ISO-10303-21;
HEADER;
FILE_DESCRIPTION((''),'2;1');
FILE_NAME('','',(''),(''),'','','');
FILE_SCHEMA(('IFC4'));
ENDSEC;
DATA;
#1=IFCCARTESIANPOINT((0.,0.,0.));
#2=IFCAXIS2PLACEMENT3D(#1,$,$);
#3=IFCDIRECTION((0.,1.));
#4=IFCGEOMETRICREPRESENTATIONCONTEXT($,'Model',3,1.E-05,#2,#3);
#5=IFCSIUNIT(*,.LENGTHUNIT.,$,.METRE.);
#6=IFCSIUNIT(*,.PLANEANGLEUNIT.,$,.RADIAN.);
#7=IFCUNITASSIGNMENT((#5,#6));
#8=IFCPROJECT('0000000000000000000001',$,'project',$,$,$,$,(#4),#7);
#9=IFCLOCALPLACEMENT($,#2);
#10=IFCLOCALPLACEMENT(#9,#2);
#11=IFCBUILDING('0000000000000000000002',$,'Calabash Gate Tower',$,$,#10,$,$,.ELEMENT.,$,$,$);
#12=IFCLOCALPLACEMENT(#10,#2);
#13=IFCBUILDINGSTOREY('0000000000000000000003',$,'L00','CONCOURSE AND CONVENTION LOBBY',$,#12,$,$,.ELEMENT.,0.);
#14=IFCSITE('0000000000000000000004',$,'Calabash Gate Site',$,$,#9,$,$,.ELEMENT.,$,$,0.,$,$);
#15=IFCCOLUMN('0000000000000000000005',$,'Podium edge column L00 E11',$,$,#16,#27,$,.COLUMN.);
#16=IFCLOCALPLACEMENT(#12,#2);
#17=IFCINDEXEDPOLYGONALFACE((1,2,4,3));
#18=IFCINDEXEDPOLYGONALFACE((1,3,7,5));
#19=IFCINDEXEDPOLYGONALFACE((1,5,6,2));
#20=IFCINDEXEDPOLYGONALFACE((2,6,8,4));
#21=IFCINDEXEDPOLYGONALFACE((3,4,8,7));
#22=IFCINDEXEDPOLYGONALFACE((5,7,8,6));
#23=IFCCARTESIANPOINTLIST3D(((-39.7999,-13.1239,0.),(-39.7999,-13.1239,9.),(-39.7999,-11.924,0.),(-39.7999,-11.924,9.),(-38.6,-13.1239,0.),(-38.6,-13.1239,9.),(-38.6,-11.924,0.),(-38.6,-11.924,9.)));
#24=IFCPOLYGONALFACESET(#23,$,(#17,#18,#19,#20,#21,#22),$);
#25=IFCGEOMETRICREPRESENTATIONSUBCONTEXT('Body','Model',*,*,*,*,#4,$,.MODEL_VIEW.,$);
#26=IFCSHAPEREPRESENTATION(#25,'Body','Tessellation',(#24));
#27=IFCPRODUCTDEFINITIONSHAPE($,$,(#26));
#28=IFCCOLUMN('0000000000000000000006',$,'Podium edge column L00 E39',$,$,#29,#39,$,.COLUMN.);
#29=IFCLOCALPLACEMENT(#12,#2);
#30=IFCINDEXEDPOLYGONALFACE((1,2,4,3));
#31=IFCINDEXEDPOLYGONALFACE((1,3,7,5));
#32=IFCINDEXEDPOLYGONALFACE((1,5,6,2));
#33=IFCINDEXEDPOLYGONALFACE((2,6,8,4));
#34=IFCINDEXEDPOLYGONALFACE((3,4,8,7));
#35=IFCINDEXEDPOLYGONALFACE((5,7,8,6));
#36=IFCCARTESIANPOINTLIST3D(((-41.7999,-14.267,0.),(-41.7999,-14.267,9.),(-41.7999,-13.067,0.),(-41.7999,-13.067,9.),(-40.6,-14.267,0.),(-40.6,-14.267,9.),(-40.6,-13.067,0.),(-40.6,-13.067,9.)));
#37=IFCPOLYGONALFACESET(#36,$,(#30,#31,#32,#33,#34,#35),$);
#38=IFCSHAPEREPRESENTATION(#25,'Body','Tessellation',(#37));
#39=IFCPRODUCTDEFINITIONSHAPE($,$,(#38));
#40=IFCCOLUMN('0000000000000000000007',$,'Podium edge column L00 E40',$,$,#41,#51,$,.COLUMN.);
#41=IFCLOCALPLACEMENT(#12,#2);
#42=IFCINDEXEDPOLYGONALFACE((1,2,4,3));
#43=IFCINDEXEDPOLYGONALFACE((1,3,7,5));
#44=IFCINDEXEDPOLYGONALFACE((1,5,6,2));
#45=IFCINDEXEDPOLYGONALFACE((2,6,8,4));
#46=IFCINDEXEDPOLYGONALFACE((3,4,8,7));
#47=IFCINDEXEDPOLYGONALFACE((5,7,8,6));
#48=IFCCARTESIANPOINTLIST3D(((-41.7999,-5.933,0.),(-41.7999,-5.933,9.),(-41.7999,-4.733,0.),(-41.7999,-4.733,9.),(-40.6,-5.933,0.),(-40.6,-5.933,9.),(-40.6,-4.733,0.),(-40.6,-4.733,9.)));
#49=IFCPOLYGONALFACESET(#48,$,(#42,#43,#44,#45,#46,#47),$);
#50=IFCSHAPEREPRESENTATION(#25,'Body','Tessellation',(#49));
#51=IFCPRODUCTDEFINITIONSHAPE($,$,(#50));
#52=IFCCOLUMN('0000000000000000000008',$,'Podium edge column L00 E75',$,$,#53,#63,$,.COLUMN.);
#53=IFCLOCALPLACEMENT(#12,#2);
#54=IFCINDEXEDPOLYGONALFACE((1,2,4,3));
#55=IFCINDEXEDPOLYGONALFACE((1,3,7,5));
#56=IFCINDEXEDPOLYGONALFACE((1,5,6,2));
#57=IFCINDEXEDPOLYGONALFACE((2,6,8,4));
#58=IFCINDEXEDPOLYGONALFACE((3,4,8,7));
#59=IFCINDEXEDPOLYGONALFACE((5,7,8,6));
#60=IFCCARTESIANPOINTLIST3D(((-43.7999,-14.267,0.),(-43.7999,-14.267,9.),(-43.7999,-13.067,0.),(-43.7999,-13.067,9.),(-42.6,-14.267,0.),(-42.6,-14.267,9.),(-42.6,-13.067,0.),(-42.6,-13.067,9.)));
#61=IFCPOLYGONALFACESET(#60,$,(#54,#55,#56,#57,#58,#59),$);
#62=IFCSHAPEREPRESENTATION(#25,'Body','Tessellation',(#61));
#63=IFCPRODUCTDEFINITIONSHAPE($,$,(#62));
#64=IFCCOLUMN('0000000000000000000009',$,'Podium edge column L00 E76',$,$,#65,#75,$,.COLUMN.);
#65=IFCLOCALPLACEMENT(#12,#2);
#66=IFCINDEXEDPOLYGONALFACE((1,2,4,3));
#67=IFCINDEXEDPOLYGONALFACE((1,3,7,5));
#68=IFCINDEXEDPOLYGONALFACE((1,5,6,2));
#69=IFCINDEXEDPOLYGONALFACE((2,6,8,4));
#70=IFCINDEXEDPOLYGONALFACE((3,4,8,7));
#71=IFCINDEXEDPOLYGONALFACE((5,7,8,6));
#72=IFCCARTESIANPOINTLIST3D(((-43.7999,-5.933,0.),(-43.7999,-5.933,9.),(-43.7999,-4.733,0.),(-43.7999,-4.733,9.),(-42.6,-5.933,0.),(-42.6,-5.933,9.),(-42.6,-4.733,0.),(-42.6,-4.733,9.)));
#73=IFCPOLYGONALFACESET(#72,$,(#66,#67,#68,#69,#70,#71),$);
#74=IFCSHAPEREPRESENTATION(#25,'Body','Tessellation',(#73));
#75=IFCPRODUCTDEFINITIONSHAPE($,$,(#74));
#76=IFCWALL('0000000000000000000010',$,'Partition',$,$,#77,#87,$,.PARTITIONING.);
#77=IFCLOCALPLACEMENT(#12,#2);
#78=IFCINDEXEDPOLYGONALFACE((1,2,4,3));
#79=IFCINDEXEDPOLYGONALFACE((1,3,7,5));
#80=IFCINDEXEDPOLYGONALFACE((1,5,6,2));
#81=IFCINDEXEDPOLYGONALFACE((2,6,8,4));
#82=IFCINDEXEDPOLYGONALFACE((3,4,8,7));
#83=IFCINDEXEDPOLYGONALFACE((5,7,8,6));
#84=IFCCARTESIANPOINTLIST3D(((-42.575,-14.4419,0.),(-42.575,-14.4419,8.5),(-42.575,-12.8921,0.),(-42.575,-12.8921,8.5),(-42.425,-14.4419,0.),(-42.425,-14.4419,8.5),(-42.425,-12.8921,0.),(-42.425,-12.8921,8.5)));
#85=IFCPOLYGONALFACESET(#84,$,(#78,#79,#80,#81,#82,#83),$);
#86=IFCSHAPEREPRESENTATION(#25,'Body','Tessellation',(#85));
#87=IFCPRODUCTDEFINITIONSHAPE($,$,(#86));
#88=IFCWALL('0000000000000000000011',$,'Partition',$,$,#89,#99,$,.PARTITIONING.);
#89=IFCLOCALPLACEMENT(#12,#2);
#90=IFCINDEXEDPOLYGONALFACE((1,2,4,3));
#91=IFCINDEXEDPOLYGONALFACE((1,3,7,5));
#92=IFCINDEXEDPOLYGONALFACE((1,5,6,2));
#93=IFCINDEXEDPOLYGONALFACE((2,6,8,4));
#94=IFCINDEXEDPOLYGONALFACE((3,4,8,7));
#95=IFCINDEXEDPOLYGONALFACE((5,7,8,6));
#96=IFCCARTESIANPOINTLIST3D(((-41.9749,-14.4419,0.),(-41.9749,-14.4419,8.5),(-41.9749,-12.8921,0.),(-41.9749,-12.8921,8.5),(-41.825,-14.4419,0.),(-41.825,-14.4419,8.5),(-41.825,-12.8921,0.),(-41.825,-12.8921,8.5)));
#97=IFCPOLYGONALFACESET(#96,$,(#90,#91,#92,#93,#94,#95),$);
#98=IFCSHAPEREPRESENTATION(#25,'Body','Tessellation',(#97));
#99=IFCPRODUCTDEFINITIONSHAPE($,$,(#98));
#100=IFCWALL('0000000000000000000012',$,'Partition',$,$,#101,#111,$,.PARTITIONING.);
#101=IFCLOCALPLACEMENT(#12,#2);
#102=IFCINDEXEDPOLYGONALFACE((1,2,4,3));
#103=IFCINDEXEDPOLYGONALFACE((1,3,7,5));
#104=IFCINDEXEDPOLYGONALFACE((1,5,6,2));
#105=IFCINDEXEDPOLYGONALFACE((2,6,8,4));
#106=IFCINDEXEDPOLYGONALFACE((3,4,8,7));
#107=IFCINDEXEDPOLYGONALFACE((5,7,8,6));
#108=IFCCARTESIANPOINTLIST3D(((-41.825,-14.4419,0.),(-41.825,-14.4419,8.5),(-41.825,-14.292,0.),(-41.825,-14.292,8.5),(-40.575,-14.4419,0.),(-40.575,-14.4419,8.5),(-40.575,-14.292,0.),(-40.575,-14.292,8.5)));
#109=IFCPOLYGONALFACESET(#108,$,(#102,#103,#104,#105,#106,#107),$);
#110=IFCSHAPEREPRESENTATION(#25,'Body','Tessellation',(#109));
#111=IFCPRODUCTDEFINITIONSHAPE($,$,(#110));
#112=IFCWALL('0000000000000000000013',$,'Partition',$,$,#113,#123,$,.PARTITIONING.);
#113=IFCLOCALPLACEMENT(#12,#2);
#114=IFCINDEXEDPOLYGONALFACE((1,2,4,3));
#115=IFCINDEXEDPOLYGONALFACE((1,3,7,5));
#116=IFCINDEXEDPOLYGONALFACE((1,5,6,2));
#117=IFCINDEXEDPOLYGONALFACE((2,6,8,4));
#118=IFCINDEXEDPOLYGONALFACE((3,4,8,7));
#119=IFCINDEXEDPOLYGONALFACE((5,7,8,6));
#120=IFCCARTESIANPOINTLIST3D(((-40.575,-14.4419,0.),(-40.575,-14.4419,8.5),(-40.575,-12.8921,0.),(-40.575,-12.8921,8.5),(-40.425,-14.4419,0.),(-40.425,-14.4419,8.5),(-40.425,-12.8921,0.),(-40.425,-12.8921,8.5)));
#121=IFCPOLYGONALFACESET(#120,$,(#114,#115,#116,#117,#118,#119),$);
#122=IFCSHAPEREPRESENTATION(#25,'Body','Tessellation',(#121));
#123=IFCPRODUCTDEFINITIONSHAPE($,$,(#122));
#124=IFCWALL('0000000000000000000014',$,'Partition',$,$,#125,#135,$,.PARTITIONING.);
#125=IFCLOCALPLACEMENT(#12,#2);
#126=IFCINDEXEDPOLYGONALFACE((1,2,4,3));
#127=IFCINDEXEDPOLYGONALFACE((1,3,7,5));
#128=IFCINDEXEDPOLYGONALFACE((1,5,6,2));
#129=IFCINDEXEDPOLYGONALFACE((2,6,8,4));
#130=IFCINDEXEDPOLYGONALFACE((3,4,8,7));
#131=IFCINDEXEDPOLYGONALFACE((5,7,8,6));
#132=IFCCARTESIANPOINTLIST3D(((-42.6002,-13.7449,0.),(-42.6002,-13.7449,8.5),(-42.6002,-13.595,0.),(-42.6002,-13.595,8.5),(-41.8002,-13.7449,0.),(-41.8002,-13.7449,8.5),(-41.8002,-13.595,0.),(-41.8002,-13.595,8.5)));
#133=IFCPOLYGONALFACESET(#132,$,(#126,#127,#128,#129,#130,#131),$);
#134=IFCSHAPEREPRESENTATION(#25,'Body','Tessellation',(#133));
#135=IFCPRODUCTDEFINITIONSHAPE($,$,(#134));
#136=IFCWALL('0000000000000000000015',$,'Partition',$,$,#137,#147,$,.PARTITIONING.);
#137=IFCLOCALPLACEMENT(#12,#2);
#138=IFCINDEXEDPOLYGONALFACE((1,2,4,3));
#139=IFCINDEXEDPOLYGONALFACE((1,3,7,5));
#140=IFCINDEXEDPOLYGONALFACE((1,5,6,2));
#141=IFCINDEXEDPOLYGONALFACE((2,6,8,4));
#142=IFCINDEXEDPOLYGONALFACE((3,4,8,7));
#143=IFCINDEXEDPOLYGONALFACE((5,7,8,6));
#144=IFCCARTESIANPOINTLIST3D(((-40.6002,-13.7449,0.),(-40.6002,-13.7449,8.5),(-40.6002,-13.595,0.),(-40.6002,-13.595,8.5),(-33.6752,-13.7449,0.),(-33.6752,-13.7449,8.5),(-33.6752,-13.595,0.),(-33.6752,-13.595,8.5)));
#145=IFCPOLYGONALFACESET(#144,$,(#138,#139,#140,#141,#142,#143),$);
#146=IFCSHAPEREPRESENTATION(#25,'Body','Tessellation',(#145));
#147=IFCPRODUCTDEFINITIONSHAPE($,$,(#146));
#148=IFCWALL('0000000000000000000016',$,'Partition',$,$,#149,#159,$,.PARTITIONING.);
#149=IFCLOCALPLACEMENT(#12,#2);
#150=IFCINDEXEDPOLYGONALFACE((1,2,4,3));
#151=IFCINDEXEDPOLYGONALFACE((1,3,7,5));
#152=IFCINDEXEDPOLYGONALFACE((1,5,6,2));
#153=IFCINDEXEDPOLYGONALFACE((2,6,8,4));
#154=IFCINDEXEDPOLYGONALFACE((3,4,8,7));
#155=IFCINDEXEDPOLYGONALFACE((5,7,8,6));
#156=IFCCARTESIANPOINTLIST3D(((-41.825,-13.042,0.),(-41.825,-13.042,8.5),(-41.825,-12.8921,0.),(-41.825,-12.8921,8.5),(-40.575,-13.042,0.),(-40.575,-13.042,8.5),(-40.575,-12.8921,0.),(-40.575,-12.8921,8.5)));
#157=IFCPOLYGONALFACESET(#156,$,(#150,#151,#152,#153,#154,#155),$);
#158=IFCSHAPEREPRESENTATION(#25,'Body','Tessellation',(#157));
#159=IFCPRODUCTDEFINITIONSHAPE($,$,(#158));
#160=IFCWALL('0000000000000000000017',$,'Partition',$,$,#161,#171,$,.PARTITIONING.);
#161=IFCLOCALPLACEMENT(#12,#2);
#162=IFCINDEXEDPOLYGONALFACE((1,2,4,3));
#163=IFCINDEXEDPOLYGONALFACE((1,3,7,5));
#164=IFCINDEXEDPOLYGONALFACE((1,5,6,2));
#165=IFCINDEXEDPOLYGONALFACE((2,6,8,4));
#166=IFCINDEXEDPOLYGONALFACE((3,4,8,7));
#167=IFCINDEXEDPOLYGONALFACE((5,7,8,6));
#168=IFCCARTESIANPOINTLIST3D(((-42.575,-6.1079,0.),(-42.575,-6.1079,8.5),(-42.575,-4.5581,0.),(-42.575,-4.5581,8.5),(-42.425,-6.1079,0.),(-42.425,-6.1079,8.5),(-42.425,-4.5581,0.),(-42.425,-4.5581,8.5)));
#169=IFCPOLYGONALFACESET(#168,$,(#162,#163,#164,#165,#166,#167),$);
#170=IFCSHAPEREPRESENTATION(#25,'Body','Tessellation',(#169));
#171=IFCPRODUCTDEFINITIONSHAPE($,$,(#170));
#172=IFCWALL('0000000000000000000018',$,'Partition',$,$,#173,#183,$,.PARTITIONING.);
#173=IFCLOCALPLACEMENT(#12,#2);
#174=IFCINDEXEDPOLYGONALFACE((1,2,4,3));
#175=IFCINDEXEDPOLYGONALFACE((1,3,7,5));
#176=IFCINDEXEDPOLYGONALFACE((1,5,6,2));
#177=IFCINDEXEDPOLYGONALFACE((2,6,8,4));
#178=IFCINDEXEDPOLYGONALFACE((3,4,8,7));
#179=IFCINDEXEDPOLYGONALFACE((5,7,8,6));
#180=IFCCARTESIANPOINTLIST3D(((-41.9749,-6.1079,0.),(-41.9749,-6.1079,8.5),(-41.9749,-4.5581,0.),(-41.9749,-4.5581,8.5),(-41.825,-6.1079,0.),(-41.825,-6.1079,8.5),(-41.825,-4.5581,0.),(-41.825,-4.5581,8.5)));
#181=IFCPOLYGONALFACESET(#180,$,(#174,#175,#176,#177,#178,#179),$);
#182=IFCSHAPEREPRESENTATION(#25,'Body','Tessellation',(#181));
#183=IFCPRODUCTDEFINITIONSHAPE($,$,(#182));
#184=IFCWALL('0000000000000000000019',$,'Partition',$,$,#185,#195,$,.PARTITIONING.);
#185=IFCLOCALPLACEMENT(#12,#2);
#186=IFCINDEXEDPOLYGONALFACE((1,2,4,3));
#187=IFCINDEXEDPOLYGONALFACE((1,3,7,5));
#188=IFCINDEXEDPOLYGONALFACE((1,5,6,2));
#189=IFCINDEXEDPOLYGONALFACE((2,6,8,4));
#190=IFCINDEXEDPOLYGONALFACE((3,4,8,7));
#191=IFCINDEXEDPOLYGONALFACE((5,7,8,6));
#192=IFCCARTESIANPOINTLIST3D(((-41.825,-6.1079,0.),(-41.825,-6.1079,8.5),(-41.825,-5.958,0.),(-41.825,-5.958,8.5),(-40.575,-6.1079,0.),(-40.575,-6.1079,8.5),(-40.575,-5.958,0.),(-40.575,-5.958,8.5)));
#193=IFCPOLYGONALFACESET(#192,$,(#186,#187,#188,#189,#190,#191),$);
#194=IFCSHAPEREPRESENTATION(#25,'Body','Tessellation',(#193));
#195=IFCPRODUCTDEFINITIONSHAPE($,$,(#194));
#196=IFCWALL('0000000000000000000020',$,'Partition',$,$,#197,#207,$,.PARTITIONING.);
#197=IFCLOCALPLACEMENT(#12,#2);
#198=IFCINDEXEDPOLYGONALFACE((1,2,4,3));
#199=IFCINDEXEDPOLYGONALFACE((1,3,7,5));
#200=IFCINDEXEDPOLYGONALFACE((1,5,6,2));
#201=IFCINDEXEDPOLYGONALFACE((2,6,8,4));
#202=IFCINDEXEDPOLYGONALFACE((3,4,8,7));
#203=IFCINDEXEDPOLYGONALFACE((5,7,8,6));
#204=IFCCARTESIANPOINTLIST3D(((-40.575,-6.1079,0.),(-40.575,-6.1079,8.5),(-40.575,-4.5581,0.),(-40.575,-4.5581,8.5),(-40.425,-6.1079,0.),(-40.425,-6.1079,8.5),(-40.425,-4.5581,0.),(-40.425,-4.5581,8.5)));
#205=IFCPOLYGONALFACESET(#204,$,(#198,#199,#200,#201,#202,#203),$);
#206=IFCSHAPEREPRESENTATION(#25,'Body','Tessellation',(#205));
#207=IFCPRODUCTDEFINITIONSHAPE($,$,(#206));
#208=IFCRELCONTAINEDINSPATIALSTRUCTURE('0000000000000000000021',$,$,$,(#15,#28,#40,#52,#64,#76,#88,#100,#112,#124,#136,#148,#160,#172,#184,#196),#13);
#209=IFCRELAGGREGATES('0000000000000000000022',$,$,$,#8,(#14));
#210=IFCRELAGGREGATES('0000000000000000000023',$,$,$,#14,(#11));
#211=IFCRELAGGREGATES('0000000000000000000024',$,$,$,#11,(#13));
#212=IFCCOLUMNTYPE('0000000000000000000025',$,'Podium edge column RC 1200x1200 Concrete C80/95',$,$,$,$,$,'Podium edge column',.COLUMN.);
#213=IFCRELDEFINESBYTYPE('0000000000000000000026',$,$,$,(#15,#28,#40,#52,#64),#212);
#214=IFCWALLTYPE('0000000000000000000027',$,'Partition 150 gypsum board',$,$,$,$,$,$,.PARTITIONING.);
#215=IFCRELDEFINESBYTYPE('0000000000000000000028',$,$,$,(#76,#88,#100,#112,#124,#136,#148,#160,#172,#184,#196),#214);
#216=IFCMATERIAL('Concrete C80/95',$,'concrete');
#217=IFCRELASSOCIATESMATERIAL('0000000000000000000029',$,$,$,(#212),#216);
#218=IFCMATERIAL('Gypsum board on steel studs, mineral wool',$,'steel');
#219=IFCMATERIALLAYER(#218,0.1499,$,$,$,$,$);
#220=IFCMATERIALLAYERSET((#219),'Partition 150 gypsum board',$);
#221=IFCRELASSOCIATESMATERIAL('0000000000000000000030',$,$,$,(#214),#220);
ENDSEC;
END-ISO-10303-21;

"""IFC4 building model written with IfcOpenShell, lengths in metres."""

from ifc_helpers import new_model, si_unit, direction, frame, frame_2d, origin, origin_2d, place, context, subcontext, project, spatial, rectangle, extrude, material, layer, layer_set, material_profile, profile_set, type_object, element, save


model = new_model("IFC4")

# Units and contexts
model_context = context("Model", 3, precision=1e-05, world=origin(), true_north=direction((0.0, 1.0)))
body_context = subcontext(model_context, "Body", "Model", "MODEL_VIEW")
ifc_project = project(units=[si_unit("LENGTHUNIT", "METRE"), si_unit("PLANEANGLEUNIT", "RADIAN")], contexts=[model_context])

# Site, building, storey
site_placement = place(None, origin())
site = spatial("IfcSite", under=ifc_project, at=site_placement, Name="Calabash Gate Site", CompositionType="ELEMENT", RefElevation=0.0)
building_placement = place(site_placement, origin())
building = spatial("IfcBuilding", under=site, at=building_placement, Name="Calabash Gate Tower", CompositionType="ELEMENT")
storey_placement = place(building_placement, origin())
storey = spatial("IfcBuildingStorey", under=building, at=storey_placement, Name="L00", Description="CONCOURSE AND CONVENTION LOBBY", CompositionType="ELEMENT", Elevation=0.0)

# Columns
ifc_material_1 = material(Name="Concrete C80/95", Category="concrete")
ifc_material_profile = material_profile(ifc_material_1, rectangle(XDim=1.2, YDim=1.2, at=origin_2d()))
ifc_profile_set = profile_set([ifc_material_profile], Name="Concrete C80/95")
column_type = type_object("IfcColumnType", Name="Podium edge column RC 1200x1200 Concrete C80/95", ElementType="Podium edge column", PredefinedType="COLUMN", material=ifc_profile_set)
for number, where, z_axis, x_axis, name in (
    (1, (-39.2, -12.5239, 0.0), (0.0, 0.0, 1.0), (1.0, 0.0, 0.0), "Podium edge column L00 E11"),
    (2, (-41.2, -13.667, 0.0), (0.0, 0.0, 1.0), (1.0, 0.0, 0.0), "Podium edge column L00 E39"),
    (3, (-41.2, -5.333, 0.0), (0.0, 0.0, 1.0), (1.0, 0.0, 0.0), "Podium edge column L00 E40"),
    (4, (-43.2, -13.667, 0.0), (0.0, 0.0, 1.0), (1.0, 0.0, 0.0), "Podium edge column L00 E75"),
    (5, (-43.2, -5.333, 0.0), (0.0, 0.0, 1.0), (1.0, 0.0, 0.0), "Podium edge column L00 E76"),
):
    element("IfcColumn", number, at=place(storey_placement, frame(where, z_axis=z_axis, x_axis=x_axis)), inside=storey, type_object=column_type, Name=name, PredefinedType="COLUMN", context=body_context, shape_type="SweptSolid", body=[
        extrude(rectangle(XDim=1.2, YDim=1.2, at=origin_2d()), origin(), (0.0, 0.0, 1.0), 9.0),
    ])

# Walls
ifc_material_2 = material(Name="Gypsum board on steel studs, mineral wool", Category="steel")
ifc_layer_1 = layer(ifc_material_2, 0.1499)
ifc_layer_set_1 = layer_set([ifc_layer_1], Name="Partition 150 gypsum board")
wall_type_1 = type_object("IfcWallType", Name="Partition 150 gypsum board", PredefinedType="PARTITIONING", material=ifc_layer_set_1)
for number, where, z_axis, x_axis, name in (
    (6, (-42.5, -14.4419, 0.0), (0.0, 0.0, 1.0), (0.0, 1.0, 0.0), "Partition"),
    (7, (-41.8999, -14.4419, 0.0), (0.0, 0.0, 1.0), (0.0, 1.0, 0.0), "Partition"),
):
    element("IfcWall", number, at=place(storey_placement, frame(where, z_axis=z_axis, x_axis=x_axis)), inside=storey, type_object=wall_type_1, Name=name, PredefinedType="PARTITIONING", context=body_context, shape_type="SweptSolid", body=[
        extrude(rectangle(XDim=1.5498, YDim=0.1499, at=frame_2d((0.7749, 0.0))), origin(), (0.0, 0.0, 1.0), 8.5),
    ])
wall_1_placement = place(storey_placement, frame((-41.825, -14.3669, 0.0), z_axis=(0.0, 0.0, 1.0), x_axis=(1.0, 0.0, 0.0)))
element("IfcWall", 8, at=wall_1_placement, inside=storey, type_object=wall_type_1, Name="Partition", PredefinedType="PARTITIONING", context=body_context, shape_type="SweptSolid", body=[
    extrude(rectangle(XDim=1.25, YDim=0.1499, at=frame_2d((0.625, 0.0))), origin(), (0.0, 0.0, 1.0), 8.5),
])
wall_2_placement = place(storey_placement, frame((-40.5, -14.4419, 0.0), z_axis=(0.0, 0.0, 1.0), x_axis=(0.0, 1.0, 0.0)))
element("IfcWall", 9, at=wall_2_placement, inside=storey, type_object=wall_type_1, Name="Partition", PredefinedType="PARTITIONING", context=body_context, shape_type="SweptSolid", body=[
    extrude(rectangle(XDim=1.5498, YDim=0.1499, at=frame_2d((0.7749, 0.0))), origin(), (0.0, 0.0, 1.0), 8.5),
])
wall_3_placement = place(storey_placement, frame((-42.6001, -13.6699, 0.0), z_axis=(0.0, 0.0, 1.0), x_axis=(1.0, 0.0, 0.0)))
element("IfcWall", 10, at=wall_3_placement, inside=storey, type_object=wall_type_1, Name="Partition", PredefinedType="PARTITIONING", context=body_context, shape_type="SweptSolid", body=[
    extrude(rectangle(XDim=0.8, YDim=0.1499, at=frame_2d((0.3999, 0.0))), origin(), (0.0, 0.0, 1.0), 8.5),
])
wall_4_placement = place(storey_placement, frame((-40.6001, -13.6699, 0.0), z_axis=(0.0, 0.0, 1.0), x_axis=(1.0, 0.0, 0.0)))
element("IfcWall", 11, at=wall_4_placement, inside=storey, type_object=wall_type_1, Name="Partition", PredefinedType="PARTITIONING", context=body_context, shape_type="SweptSolid", body=[
    extrude(rectangle(XDim=6.925, YDim=0.1499, at=frame_2d((3.4624, 0.0))), origin(), (0.0, 0.0, 1.0), 8.5),
])
wall_5_placement = place(storey_placement, frame((-41.825, -12.967, 0.0), z_axis=(0.0, 0.0, 1.0), x_axis=(1.0, 0.0, 0.0)))
element("IfcWall", 12, at=wall_5_placement, inside=storey, type_object=wall_type_1, Name="Partition", PredefinedType="PARTITIONING", context=body_context, shape_type="SweptSolid", body=[
    extrude(rectangle(XDim=1.25, YDim=0.1499, at=frame_2d((0.625, 0.0))), origin(), (0.0, 0.0, 1.0), 8.5),
])
for number, where, z_axis, x_axis, name in (
    (13, (-42.5, -6.1079, 0.0), (0.0, 0.0, 1.0), (0.0, 1.0, 0.0), "Partition"),
    (14, (-41.8999, -6.1079, 0.0), (0.0, 0.0, 1.0), (0.0, 1.0, 0.0), "Partition"),
):
    element("IfcWall", number, at=place(storey_placement, frame(where, z_axis=z_axis, x_axis=x_axis)), inside=storey, type_object=wall_type_1, Name=name, PredefinedType="PARTITIONING", context=body_context, shape_type="SweptSolid", body=[
        extrude(rectangle(XDim=1.5498, YDim=0.1499, at=frame_2d((0.7749, 0.0))), origin(), (0.0, 0.0, 1.0), 8.5),
    ])
wall_6_placement = place(storey_placement, frame((-41.825, -6.033, 0.0), z_axis=(0.0, 0.0, 1.0), x_axis=(1.0, 0.0, 0.0)))
element("IfcWall", 15, at=wall_6_placement, inside=storey, type_object=wall_type_1, Name="Partition", PredefinedType="PARTITIONING", context=body_context, shape_type="SweptSolid", body=[
    extrude(rectangle(XDim=1.25, YDim=0.1499, at=frame_2d((0.625, 0.0))), origin(), (0.0, 0.0, 1.0), 8.5),
])
wall_7_placement = place(storey_placement, frame((-40.5, -6.1079, 0.0), z_axis=(0.0, 0.0, 1.0), x_axis=(0.0, 1.0, 0.0)))
element("IfcWall", 16, at=wall_7_placement, inside=storey, type_object=wall_type_1, Name="Partition", PredefinedType="PARTITIONING", context=body_context, shape_type="SweptSolid", body=[
    extrude(rectangle(XDim=1.5498, YDim=0.1499, at=frame_2d((0.7749, 0.0))), origin(), (0.0, 0.0, 1.0), 8.5),
])

save(model, "model.ifc")
